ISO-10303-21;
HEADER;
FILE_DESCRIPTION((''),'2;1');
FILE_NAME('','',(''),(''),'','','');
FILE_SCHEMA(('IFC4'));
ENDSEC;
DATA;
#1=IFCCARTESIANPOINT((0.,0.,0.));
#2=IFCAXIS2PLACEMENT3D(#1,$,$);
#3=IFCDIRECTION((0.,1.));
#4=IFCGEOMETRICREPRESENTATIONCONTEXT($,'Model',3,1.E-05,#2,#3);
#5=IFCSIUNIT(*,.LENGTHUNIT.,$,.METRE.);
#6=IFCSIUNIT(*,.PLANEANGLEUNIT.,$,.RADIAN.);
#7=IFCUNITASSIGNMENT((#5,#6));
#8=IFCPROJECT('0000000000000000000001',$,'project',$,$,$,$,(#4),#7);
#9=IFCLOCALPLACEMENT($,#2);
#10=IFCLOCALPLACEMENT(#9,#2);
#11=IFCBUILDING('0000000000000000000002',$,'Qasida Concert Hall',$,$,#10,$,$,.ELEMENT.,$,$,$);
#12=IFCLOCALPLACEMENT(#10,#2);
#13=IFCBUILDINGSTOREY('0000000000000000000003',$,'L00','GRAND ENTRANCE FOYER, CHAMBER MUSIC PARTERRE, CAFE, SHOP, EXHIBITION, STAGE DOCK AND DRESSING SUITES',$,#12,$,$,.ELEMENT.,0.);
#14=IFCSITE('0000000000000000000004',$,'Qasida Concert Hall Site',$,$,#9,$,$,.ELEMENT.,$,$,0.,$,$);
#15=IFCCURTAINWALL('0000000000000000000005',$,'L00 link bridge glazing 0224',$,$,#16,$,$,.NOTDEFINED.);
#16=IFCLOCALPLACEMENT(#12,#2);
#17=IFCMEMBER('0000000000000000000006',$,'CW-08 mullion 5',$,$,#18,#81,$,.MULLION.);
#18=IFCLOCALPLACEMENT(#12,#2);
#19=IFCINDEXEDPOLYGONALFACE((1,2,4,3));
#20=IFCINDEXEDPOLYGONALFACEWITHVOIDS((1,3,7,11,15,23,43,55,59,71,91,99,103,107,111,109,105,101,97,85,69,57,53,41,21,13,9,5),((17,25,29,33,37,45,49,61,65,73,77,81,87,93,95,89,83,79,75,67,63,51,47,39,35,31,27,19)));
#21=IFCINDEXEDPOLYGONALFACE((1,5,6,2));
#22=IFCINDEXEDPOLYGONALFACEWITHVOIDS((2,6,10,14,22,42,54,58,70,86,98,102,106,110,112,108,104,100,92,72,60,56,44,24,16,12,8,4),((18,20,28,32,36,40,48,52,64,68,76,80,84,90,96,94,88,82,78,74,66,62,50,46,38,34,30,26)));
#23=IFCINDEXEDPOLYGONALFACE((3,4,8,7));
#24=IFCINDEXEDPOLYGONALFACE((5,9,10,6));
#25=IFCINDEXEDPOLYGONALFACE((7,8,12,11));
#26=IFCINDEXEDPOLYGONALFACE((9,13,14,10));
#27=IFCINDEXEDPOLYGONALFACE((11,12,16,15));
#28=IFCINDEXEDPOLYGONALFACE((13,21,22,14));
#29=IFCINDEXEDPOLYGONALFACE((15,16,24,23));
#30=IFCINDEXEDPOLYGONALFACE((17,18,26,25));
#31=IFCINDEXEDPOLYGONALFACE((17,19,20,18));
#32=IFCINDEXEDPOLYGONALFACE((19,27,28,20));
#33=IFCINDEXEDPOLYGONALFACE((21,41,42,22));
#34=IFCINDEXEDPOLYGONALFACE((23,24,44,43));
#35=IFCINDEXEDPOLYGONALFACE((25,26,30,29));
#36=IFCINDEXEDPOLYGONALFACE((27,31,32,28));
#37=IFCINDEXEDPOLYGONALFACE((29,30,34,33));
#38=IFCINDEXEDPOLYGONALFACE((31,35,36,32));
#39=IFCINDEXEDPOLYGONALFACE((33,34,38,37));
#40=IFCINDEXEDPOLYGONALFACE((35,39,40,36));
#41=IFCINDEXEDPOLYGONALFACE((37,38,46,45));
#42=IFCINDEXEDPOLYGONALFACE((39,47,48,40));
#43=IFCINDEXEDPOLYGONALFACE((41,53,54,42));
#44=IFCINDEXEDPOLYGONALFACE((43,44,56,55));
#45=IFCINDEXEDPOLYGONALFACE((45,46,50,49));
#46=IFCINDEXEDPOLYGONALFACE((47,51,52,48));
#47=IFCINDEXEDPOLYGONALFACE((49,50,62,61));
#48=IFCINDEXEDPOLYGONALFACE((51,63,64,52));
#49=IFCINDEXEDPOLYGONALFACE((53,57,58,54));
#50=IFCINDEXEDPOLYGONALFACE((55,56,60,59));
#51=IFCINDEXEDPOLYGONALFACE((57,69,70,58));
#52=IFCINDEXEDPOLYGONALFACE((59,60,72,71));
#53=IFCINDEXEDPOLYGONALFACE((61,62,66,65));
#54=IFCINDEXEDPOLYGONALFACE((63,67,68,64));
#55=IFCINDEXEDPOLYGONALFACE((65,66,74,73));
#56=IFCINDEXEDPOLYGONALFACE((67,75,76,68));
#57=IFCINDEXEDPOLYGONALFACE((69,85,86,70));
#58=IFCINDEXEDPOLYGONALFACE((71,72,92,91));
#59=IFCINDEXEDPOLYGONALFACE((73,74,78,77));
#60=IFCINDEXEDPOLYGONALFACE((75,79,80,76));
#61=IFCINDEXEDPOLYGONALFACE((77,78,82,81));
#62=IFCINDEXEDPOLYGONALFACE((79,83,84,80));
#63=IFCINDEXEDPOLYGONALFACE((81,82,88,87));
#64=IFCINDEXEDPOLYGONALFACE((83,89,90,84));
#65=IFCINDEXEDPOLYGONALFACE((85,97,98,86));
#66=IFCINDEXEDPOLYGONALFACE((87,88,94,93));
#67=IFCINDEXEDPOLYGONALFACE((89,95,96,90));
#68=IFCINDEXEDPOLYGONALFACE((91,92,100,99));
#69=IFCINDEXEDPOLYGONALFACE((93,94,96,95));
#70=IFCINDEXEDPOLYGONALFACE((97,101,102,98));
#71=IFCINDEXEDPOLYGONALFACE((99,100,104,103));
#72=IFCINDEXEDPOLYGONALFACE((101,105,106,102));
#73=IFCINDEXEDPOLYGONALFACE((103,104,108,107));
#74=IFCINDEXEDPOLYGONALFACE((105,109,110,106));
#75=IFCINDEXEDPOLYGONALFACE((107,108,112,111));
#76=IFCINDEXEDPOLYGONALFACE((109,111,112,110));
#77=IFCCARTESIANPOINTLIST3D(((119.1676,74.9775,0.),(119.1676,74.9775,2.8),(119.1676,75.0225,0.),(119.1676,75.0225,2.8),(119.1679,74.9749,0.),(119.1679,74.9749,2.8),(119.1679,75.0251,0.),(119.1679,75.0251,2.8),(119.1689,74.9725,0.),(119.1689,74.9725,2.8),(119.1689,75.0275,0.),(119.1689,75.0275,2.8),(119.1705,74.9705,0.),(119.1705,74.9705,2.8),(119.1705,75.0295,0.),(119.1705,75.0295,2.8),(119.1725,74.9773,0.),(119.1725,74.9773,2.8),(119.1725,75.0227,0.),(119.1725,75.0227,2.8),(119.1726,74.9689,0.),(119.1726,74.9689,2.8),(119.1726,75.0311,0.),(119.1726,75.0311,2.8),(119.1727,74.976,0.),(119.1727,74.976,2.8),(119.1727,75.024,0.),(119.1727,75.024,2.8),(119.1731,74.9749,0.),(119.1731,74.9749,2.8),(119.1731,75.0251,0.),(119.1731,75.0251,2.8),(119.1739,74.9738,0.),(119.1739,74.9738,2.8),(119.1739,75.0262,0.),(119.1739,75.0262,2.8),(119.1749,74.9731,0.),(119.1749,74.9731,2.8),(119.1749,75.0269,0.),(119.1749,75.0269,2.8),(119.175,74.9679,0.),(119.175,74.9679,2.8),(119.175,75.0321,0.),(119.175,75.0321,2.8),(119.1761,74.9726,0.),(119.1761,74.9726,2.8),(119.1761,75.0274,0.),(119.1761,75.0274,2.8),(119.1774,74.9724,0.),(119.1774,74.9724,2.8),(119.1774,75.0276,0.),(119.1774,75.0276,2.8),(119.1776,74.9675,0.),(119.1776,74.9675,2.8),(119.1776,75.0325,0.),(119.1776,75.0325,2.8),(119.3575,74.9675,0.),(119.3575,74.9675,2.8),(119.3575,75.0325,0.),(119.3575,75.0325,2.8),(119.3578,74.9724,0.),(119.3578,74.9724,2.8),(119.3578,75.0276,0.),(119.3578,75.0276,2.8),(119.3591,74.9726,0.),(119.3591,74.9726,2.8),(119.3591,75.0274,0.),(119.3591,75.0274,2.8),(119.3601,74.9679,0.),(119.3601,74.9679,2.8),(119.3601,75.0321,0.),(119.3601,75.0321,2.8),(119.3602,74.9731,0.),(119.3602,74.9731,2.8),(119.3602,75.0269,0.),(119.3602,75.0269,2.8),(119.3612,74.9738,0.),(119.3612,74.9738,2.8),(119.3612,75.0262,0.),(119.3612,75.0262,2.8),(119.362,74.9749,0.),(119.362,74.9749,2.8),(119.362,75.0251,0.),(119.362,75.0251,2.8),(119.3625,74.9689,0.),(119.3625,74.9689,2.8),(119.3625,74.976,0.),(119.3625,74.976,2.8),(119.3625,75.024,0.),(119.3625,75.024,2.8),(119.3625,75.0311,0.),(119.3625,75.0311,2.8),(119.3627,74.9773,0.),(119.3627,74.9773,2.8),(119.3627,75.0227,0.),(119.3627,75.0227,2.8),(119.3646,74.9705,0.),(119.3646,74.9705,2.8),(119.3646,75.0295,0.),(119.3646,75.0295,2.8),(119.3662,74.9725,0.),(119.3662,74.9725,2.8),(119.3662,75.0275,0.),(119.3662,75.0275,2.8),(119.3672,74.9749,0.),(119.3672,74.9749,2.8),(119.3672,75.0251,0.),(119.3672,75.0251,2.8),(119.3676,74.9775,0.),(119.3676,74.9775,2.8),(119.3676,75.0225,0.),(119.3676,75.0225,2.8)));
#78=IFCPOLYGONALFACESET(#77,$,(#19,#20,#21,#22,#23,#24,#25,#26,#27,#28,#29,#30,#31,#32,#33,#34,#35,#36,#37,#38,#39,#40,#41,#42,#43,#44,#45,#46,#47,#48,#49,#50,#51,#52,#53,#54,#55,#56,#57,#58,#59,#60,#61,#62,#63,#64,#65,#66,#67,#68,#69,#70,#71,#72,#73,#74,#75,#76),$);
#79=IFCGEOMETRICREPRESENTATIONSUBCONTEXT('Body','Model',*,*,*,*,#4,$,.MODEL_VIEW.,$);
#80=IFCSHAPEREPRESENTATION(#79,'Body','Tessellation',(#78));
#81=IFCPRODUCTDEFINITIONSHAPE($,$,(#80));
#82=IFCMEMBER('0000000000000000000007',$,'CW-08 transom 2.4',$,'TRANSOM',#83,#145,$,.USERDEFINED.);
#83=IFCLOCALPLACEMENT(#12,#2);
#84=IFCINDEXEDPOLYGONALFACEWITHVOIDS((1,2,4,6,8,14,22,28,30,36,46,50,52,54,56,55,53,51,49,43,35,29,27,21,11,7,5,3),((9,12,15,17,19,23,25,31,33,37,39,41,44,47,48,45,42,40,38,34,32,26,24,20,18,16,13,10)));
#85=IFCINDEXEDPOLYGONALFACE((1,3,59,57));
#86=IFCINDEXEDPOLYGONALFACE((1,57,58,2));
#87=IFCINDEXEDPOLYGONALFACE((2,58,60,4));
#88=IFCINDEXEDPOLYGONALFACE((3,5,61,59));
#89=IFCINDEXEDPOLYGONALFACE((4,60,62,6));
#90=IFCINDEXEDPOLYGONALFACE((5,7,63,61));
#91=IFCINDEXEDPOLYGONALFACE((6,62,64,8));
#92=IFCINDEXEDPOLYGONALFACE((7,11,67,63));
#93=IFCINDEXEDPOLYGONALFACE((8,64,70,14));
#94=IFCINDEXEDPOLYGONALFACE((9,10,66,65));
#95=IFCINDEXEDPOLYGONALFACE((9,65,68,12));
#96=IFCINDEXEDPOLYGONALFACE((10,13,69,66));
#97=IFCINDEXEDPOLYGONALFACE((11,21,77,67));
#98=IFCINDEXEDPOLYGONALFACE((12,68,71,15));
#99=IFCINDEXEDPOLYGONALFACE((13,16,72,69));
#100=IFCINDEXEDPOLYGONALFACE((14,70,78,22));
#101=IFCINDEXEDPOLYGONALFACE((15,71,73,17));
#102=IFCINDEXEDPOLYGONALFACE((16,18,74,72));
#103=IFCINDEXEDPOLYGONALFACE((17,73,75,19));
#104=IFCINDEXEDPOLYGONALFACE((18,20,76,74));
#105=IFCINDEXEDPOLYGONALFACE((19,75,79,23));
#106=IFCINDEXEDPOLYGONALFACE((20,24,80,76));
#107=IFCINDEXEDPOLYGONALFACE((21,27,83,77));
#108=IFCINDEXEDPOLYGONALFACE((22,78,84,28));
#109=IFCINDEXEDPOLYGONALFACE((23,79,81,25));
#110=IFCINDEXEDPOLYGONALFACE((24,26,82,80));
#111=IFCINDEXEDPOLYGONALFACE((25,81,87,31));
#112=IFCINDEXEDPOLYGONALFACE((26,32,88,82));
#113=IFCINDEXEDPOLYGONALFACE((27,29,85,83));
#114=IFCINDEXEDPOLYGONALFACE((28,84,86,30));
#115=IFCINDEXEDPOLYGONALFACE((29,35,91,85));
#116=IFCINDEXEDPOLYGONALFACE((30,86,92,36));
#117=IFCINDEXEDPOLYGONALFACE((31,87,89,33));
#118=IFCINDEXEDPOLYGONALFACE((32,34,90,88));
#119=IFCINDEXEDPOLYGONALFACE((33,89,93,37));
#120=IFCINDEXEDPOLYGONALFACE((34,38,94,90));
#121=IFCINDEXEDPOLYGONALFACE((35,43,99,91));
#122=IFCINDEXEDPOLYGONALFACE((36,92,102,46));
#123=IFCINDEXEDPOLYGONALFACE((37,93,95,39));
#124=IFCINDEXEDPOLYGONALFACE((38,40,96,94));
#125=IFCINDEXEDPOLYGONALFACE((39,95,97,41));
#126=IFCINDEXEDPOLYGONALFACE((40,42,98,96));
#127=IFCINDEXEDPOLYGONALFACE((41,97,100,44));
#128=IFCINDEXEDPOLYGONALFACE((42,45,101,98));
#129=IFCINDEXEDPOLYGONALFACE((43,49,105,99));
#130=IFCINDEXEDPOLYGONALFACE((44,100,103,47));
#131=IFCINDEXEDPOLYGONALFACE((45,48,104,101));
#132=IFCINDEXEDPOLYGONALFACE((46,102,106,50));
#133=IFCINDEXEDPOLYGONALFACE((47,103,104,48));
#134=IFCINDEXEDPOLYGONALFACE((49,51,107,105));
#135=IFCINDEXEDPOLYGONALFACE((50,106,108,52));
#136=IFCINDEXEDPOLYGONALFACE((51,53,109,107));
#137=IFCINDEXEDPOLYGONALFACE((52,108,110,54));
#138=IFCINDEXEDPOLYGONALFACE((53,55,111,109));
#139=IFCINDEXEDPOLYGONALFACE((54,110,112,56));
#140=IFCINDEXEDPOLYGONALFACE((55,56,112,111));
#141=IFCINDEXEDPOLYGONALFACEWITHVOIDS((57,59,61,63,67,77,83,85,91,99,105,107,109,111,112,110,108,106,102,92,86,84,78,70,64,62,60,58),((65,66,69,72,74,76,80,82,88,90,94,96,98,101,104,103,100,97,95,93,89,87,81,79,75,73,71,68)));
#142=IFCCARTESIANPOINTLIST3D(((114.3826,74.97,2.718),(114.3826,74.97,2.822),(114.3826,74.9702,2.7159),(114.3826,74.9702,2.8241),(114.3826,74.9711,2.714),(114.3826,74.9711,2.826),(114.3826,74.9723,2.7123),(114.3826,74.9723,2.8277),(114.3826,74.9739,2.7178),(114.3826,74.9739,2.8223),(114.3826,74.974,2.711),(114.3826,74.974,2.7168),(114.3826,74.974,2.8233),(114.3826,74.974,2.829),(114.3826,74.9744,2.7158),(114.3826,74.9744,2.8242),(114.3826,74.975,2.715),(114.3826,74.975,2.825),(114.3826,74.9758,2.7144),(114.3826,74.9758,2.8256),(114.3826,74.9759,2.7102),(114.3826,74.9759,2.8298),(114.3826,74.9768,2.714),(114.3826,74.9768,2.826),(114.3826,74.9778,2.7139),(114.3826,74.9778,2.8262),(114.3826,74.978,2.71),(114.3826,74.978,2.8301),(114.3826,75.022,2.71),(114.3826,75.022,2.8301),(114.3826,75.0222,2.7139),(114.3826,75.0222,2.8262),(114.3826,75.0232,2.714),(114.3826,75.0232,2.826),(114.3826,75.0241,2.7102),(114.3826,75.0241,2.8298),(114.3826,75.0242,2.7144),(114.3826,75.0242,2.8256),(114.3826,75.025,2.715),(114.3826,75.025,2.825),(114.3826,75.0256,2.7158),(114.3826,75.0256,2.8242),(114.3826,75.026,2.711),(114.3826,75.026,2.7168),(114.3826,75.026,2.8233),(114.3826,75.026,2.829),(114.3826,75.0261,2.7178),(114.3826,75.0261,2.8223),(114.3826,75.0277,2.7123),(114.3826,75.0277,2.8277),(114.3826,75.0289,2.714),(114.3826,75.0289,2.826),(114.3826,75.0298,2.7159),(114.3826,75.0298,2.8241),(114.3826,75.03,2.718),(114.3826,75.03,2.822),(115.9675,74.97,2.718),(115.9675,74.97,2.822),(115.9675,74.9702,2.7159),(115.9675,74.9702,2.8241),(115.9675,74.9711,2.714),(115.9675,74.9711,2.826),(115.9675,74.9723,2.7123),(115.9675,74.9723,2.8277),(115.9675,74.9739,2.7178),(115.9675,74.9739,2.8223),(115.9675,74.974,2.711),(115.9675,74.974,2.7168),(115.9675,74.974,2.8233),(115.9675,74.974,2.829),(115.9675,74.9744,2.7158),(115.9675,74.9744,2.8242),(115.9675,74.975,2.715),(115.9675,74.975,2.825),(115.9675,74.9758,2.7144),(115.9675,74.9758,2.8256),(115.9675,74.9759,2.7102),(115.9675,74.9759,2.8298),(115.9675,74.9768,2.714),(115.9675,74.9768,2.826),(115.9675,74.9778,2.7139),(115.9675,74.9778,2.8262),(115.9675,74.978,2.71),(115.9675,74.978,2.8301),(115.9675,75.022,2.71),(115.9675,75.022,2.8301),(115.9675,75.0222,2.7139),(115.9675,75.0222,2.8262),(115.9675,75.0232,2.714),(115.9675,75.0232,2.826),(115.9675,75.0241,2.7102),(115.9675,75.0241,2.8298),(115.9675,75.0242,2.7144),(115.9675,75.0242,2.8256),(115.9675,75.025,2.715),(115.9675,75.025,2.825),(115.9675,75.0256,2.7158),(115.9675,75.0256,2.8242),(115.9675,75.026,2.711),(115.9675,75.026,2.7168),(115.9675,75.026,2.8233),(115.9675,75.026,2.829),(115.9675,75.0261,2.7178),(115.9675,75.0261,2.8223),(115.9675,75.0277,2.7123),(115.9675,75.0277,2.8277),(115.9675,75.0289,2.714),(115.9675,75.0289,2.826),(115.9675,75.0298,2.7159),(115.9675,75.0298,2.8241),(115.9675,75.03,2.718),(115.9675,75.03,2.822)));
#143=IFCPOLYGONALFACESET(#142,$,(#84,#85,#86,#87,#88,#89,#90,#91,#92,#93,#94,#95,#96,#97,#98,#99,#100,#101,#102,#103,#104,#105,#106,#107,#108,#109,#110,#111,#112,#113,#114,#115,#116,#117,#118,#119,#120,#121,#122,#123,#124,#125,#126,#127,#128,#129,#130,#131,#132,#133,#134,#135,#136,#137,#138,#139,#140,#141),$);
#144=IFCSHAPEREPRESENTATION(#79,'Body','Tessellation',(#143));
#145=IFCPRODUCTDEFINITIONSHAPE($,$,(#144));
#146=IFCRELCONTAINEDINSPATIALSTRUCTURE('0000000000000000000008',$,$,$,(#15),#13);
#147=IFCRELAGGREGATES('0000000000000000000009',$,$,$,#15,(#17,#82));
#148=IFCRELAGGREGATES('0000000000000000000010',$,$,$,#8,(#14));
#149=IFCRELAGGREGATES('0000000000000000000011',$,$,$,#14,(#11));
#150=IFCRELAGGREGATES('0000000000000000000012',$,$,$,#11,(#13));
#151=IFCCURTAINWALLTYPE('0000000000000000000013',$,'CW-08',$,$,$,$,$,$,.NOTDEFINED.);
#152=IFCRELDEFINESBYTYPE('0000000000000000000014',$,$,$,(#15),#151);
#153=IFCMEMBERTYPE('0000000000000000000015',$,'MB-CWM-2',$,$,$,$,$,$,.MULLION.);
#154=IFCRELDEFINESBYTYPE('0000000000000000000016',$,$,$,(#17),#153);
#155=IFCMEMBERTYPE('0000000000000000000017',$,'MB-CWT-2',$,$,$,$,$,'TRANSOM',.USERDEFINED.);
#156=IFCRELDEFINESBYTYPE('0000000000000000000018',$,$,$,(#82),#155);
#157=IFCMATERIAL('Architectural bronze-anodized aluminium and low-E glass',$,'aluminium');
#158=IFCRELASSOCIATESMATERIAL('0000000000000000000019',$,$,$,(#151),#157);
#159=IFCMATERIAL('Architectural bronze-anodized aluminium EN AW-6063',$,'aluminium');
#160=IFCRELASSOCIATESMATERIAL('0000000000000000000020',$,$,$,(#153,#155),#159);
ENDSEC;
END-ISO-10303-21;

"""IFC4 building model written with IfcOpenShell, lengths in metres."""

from ifc_helpers import new_model, si_unit, direction, frame, origin, origin_2d, place, context, subcontext, project, spatial, hollow_rectangle, extrude, material, material_profile, profile_set, type_object, element, aggregate, save


model = new_model("IFC4")

# Units and contexts
model_context = context("Model", 3, precision=1e-05, world=origin(), true_north=direction((0.0, 1.0)))
body_context = subcontext(model_context, "Body", "Model", "MODEL_VIEW")
ifc_project = project(units=[si_unit("LENGTHUNIT", "METRE"), si_unit("PLANEANGLEUNIT", "RADIAN")], contexts=[model_context])

# Site, building, storey
site_placement = place(None, origin())
site = spatial("IfcSite", under=ifc_project, at=site_placement, Name="Qasida Concert Hall Site", CompositionType="ELEMENT", RefElevation=0.0)
building_placement = place(site_placement, origin())
building = spatial("IfcBuilding", under=site, at=building_placement, Name="Qasida Concert Hall", CompositionType="ELEMENT")
storey_placement = place(building_placement, origin())
storey = spatial("IfcBuildingStorey", under=building, at=storey_placement, Name="L00", Description="GRAND ENTRANCE FOYER, CHAMBER MUSIC PARTERRE, CAFE, SHOP, EXHIBITION, STAGE DOCK AND DRESSING SUITES", CompositionType="ELEMENT", Elevation=0.0)

# Curtain wall, members
ifc_material_1 = material(Name="Architectural bronze-anodized aluminium and low-E glass", Category="aluminium")
curtain_wall_type = type_object("IfcCurtainWallType", Name="CW-08", PredefinedType="NOTDEFINED", material=ifc_material_1)
curtain_wall_1_placement = place(storey_placement, origin())
curtain_wall_1 = element("IfcCurtainWall", 1, at=curtain_wall_1_placement, inside=storey, type_object=curtain_wall_type, Name="L00 link bridge glazing 0224", PredefinedType="NOTDEFINED")
ifc_material_2 = material(Name="Architectural bronze-anodized aluminium EN AW-6063", Category="aluminium")
ifc_material_profile_1 = material_profile(ifc_material_2, hollow_rectangle(XDim=0.0649, YDim=0.2, WallThickness=0.0049, InnerFilletRadius=0.0049, OuterFilletRadius=0.01, at=origin_2d()), Name="CWM 200x65x5")
ifc_profile_set_1 = profile_set([ifc_material_profile_1], Name="Architectural bronze-anodized aluminium EN AW-6063")
member_type_1 = type_object("IfcMemberType", Name="MB-CWM-2", PredefinedType="MULLION", material=ifc_profile_set_1)
member_1_placement = place(storey_placement, frame((119.2676, 75.0, 0.0), z_axis=(0.0, 0.0, 1.0), x_axis=(0.0, 1.0, 0.0)))
member_1 = element("IfcMember", 2, at=member_1_placement, type_object=member_type_1, Name="CW-08 mullion 5", PredefinedType="MULLION", context=body_context, shape_type="SweptSolid", body=[
    extrude(hollow_rectangle(XDim=0.0649, YDim=0.2, WallThickness=0.0049, InnerFilletRadius=0.0049, OuterFilletRadius=0.01, at=origin_2d()), origin(), (0.0, 0.0, 1.0), 2.8),
])
ifc_material_profile_2 = material_profile(ifc_material_2, hollow_rectangle(XDim=0.0601, YDim=0.1201, WallThickness=0.0039, InnerFilletRadius=0.0039, OuterFilletRadius=0.0081, at=origin_2d()), Name="CWT 120x60x4")
ifc_profile_set_2 = profile_set([ifc_material_profile_2], Name="Architectural bronze-anodized aluminium EN AW-6063")
member_type_2 = type_object("IfcMemberType", Name="MB-CWT-2", ElementType="TRANSOM", PredefinedType="USERDEFINED", material=ifc_profile_set_2)
member_2_placement = place(storey_placement, frame((114.3826, 75.0, 2.77), z_axis=(1.0, 0.0, 0.0), x_axis=(0.0, 1.0, 0.0)))
member_2 = element("IfcMember", 3, at=member_2_placement, type_object=member_type_2, Name="CW-08 transom 2.4", ObjectType="TRANSOM", PredefinedType="USERDEFINED", context=body_context, shape_type="SweptSolid", body=[
    extrude(hollow_rectangle(XDim=0.0601, YDim=0.1201, WallThickness=0.0039, InnerFilletRadius=0.0039, OuterFilletRadius=0.0081, at=origin_2d()), origin(), (0.0, 0.0, 1.0), 1.585),
])

aggregate(curtain_wall_1, [member_1, member_2])

save(model, "model.ifc")
